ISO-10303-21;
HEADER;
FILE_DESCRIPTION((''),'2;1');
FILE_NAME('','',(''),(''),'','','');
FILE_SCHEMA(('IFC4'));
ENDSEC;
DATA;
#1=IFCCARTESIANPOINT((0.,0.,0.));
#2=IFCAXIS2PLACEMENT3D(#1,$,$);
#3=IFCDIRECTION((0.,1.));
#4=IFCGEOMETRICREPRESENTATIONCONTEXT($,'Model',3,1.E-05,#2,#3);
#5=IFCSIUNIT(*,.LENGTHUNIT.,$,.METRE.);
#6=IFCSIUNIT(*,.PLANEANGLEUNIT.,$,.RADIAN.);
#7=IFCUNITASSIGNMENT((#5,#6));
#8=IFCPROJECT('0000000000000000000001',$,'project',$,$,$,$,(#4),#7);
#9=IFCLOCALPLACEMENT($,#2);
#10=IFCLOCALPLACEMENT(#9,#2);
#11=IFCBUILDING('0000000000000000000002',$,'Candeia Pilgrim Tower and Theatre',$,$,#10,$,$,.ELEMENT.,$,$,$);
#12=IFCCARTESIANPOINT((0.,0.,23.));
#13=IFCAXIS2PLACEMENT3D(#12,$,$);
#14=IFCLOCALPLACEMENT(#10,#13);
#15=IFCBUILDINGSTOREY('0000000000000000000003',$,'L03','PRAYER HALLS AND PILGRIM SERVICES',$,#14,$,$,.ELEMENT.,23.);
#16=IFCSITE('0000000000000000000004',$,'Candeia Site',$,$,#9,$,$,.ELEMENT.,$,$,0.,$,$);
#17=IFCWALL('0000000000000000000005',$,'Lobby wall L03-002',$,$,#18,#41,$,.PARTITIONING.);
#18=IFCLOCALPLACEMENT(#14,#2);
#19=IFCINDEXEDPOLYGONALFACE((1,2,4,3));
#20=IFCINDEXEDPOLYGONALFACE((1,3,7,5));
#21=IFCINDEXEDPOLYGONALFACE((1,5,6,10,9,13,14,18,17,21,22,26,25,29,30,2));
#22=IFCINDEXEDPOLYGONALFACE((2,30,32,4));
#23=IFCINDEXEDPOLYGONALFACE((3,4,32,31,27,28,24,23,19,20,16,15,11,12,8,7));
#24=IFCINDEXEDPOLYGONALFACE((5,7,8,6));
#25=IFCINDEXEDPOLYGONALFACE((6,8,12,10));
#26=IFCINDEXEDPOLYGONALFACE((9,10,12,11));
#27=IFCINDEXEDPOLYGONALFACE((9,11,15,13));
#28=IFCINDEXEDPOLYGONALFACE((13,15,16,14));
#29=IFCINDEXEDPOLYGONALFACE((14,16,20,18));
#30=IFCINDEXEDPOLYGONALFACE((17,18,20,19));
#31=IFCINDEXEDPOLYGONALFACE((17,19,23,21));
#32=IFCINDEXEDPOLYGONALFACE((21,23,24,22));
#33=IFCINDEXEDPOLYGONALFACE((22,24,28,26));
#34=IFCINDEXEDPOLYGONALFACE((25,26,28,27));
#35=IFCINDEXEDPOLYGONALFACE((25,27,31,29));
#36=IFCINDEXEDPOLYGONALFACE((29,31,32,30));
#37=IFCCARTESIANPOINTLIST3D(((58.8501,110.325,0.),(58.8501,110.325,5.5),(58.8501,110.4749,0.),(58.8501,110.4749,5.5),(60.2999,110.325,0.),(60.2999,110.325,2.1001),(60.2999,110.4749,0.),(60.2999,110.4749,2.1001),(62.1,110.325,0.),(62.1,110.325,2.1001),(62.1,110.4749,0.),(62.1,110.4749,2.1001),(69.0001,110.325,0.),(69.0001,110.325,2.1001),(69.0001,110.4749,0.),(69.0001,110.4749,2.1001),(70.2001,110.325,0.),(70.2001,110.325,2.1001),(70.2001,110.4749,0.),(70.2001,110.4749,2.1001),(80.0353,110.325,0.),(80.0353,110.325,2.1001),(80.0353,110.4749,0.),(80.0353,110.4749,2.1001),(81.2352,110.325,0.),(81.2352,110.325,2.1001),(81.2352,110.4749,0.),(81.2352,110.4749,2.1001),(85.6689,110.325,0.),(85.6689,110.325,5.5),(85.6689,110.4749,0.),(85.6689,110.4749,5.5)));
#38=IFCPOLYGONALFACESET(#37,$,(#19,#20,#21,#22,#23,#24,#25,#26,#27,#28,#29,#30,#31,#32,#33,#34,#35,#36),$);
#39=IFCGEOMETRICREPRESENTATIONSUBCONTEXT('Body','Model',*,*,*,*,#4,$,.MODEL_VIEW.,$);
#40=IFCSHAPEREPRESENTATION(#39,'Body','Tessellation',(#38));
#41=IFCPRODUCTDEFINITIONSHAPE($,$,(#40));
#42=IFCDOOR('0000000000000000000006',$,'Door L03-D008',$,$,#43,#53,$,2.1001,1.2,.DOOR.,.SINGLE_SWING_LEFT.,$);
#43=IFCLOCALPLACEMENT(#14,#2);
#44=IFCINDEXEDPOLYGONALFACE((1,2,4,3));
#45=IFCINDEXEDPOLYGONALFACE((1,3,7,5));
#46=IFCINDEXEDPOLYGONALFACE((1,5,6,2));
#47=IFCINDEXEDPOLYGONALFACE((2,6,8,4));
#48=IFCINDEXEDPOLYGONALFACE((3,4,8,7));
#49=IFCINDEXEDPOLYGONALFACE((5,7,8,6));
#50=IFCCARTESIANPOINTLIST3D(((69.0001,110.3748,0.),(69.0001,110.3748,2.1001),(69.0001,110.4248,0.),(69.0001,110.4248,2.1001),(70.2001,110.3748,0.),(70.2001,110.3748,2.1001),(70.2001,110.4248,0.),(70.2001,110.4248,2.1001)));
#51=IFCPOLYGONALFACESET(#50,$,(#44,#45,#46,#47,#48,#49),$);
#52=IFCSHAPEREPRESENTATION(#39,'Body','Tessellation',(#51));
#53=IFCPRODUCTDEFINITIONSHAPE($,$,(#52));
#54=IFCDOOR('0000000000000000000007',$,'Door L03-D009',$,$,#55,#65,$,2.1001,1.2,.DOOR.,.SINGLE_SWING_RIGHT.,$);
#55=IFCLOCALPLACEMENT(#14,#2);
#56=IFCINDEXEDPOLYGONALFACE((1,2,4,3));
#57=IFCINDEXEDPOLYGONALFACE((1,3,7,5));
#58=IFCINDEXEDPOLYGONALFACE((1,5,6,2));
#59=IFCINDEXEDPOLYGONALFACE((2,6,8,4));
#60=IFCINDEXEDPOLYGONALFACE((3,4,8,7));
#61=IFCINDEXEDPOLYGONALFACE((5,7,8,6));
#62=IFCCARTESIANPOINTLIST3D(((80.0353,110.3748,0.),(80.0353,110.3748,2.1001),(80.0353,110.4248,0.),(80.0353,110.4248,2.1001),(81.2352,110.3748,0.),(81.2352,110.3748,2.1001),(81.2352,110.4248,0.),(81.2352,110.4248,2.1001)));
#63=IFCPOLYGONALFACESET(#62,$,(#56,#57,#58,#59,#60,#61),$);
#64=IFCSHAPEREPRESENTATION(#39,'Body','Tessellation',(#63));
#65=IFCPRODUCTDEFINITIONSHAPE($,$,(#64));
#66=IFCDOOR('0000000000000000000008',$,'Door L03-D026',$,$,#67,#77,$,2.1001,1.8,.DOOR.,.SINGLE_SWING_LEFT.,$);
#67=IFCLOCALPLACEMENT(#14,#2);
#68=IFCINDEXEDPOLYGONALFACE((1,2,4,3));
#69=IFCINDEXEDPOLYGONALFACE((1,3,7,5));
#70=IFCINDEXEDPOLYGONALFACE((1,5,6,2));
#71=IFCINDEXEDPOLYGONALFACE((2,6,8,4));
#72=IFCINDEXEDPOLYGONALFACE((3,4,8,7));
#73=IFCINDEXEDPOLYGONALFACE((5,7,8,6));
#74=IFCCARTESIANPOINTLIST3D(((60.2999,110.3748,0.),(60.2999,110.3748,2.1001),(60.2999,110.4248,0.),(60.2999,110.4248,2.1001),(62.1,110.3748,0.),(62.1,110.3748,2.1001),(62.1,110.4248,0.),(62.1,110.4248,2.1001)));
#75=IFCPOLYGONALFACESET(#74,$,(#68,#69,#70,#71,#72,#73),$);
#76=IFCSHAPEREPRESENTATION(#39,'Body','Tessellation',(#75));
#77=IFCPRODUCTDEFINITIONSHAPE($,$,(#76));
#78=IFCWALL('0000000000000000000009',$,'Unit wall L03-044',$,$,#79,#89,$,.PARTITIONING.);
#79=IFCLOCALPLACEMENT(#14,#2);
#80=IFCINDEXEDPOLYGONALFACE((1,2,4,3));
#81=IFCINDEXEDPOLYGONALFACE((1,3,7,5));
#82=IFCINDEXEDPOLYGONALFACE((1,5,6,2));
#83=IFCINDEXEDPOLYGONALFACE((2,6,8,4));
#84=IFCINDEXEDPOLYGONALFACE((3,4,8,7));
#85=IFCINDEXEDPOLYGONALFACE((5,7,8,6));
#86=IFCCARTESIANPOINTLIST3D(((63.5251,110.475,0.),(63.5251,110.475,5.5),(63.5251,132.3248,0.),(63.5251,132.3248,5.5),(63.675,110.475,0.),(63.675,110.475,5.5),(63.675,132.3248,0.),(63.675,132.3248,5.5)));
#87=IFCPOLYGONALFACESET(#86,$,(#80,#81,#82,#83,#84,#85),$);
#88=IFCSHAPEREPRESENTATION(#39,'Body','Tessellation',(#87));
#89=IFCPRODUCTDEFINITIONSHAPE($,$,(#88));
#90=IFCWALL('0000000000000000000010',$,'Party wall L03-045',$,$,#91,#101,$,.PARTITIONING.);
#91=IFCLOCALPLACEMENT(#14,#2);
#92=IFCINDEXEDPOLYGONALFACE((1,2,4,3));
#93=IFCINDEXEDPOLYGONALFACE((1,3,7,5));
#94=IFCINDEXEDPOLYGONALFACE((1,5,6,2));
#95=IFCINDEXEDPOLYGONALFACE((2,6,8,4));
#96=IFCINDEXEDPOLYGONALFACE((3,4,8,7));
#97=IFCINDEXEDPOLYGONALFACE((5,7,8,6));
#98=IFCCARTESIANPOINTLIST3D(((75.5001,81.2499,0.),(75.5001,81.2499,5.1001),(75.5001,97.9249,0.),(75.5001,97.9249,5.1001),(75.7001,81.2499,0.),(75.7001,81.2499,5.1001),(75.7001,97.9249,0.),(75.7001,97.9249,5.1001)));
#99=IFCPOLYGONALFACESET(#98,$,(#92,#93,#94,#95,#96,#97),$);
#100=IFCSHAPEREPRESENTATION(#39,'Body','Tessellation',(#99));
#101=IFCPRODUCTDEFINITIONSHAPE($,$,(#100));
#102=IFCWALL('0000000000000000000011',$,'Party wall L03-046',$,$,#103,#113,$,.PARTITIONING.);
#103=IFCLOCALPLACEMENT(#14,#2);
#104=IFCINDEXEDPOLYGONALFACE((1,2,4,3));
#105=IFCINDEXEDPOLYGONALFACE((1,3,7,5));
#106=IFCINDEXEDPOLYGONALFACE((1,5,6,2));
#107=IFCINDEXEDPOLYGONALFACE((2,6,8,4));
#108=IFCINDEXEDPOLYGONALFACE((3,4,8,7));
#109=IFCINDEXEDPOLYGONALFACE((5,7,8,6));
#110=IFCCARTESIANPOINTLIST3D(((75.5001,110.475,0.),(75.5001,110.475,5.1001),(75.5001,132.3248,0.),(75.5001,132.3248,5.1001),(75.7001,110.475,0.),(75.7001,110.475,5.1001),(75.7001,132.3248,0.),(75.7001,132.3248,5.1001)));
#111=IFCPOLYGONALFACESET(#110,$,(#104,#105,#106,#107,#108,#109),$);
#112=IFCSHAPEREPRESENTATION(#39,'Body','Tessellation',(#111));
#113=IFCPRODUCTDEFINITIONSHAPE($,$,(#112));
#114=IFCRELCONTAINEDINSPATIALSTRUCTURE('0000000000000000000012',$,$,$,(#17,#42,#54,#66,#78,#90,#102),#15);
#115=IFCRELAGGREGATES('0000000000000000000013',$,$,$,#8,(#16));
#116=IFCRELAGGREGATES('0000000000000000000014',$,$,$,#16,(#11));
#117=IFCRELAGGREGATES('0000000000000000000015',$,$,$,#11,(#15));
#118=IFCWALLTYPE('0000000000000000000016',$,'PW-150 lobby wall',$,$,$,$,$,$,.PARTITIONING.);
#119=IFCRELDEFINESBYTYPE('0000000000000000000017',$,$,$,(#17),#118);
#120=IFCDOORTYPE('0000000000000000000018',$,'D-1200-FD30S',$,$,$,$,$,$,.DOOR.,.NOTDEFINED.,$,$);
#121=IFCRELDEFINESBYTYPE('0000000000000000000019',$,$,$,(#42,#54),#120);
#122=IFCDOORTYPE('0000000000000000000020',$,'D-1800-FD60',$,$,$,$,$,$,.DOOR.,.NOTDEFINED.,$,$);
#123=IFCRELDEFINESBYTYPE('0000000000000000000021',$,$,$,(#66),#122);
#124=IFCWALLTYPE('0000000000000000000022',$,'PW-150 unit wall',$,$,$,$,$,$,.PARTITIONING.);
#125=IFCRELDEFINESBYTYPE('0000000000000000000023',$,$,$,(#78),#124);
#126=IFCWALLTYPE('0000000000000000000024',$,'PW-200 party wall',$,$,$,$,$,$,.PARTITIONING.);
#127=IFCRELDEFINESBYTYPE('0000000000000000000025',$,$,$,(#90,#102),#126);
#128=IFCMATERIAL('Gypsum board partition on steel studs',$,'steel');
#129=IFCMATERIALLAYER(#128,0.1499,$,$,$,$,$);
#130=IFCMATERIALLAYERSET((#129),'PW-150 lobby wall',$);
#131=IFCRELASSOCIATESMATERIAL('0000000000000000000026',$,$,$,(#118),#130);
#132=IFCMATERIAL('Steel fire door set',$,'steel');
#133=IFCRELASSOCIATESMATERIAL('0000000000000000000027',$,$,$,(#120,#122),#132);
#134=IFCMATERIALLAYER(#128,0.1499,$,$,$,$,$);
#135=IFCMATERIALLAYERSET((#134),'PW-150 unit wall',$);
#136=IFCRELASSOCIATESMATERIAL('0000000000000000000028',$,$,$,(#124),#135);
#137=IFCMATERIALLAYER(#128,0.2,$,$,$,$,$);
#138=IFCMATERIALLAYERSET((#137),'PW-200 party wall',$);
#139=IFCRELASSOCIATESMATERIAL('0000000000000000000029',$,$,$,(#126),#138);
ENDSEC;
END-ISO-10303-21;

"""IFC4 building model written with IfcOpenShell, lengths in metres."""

from ifc_helpers import new_model, si_unit, direction, frame, frame_2d, origin, place, context, subcontext, project, spatial, rectangle, extrude, material, layer, layer_set, type_object, element, fill, save


model = new_model("IFC4")

# Units and contexts
model_context = context("Model", 3, precision=1e-05, world=origin(), true_north=direction((0.0, 1.0)))
body_context = subcontext(model_context, "Body", "Model", "MODEL_VIEW")
ifc_project = project(units=[si_unit("LENGTHUNIT", "METRE"), si_unit("PLANEANGLEUNIT", "RADIAN")], contexts=[model_context])

# Site, building, storey
site_placement = place(None, origin())
site = spatial("IfcSite", under=ifc_project, at=site_placement, Name="Candeia Site", CompositionType="ELEMENT", RefElevation=0.0)
building_placement = place(site_placement, origin())
building = spatial("IfcBuilding", under=site, at=building_placement, Name="Candeia Pilgrim Tower and Theatre", CompositionType="ELEMENT")
storey_placement = place(building_placement, frame((0.0, 0.0, 23.0)))
storey = spatial("IfcBuildingStorey", under=building, at=storey_placement, Name="L03", Description="PRAYER HALLS AND PILGRIM SERVICES", CompositionType="ELEMENT", Elevation=23.0)

# Wall, openings, doors
ifc_material_1 = material(Name="Gypsum board partition on steel studs", Category="steel")
ifc_layer_1 = layer(ifc_material_1, 0.1499)
ifc_layer_set_1 = layer_set([ifc_layer_1], Name="PW-150 lobby wall")
wall_type_1 = type_object("IfcWallType", Name="PW-150 lobby wall", PredefinedType="PARTITIONING", material=ifc_layer_set_1)
ifc_material_2 = material(Name="Steel fire door set", Category="steel")
door_type_1 = type_object("IfcDoorType", Name="D-1200-FD30S", OperationType="NOTDEFINED", PredefinedType="DOOR", material=ifc_material_2)
wall_1_placement = place(storey_placement, frame((58.8501, 110.3999, 0.0), z_axis=(0.0, 0.0, 1.0), x_axis=(1.0, 0.0, 0.0)))
wall_1 = element("IfcWall", 1, at=wall_1_placement, inside=storey, type_object=wall_type_1, Name="Lobby wall L03-002", PredefinedType="PARTITIONING", context=body_context, shape_type="SweptSolid", body=[
    extrude(rectangle(XDim=26.8188, YDim=0.1499, at=frame_2d((13.4094, 0.0))), origin(), (0.0, 0.0, 1.0), 5.5),
])
opening_1_placement = place(wall_1_placement, frame((10.1499, 0.0, 0.0)))
opening_1 = element("IfcOpeningElement", 2, at=opening_1_placement, cuts=wall_1, PredefinedType="OPENING", context=body_context, shape_type="SweptSolid", body=[
    extrude(rectangle(XDim=1.2, YDim=2.1001, at=frame_2d((0.6001, 1.05))), frame((0.0, 0.085, 0.0), z_axis=(0.0, -1.0, 0.0), x_axis=(1.0, 0.0, 0.0)), (0.0, 0.0, 1.0), 0.1699),
])
opening_2_placement = place(wall_1_placement, frame((21.1851, 0.0, 0.0)))
opening_2 = element("IfcOpeningElement", 3, at=opening_2_placement, cuts=wall_1, PredefinedType="OPENING", context=body_context, shape_type="SweptSolid", body=[
    extrude(rectangle(XDim=1.2, YDim=2.1001, at=frame_2d((0.6001, 1.05))), frame((0.0, 0.085, 0.0), z_axis=(0.0, -1.0, 0.0), x_axis=(1.0, 0.0, 0.0)), (0.0, 0.0, 1.0), 0.1699),
])
opening_3_placement = place(wall_1_placement, frame((1.45, 0.0, 0.0)))
opening_3 = element("IfcOpeningElement", 4, at=opening_3_placement, cuts=wall_1, PredefinedType="OPENING", context=body_context, shape_type="SweptSolid", body=[
    extrude(rectangle(XDim=1.8, YDim=2.1001, at=frame_2d((0.8999, 1.05))), frame((0.0, 0.085, 0.0), z_axis=(0.0, -1.0, 0.0), x_axis=(1.0, 0.0, 0.0)), (0.0, 0.0, 1.0), 0.1699),
])
door_1_placement = place(opening_1_placement, origin())
door_1 = element("IfcDoor", 5, at=door_1_placement, inside=storey, type_object=door_type_1, Name="Door L03-D008", OperationType="SINGLE_SWING_LEFT", OverallHeight=2.1001, OverallWidth=1.2, PredefinedType="DOOR", context=body_context, shape_type="SweptSolid", body=[
    extrude(rectangle(XDim=1.2, YDim=2.1001, at=frame_2d((0.6001, 1.05))), frame((0.0, 0.0249, 0.0), z_axis=(0.0, -1.0, 0.0), x_axis=(1.0, 0.0, 0.0)), (0.0, 0.0, 1.0), 0.05),
])
fill(opening_1, door_1)
door_2_placement = place(opening_2_placement, origin())
door_2 = element("IfcDoor", 6, at=door_2_placement, inside=storey, type_object=door_type_1, Name="Door L03-D009", OperationType="SINGLE_SWING_RIGHT", OverallHeight=2.1001, OverallWidth=1.2, PredefinedType="DOOR", context=body_context, shape_type="SweptSolid", body=[
    extrude(rectangle(XDim=1.2, YDim=2.1001, at=frame_2d((0.6001, 1.05))), frame((0.0, 0.0249, 0.0), z_axis=(0.0, -1.0, 0.0), x_axis=(1.0, 0.0, 0.0)), (0.0, 0.0, 1.0), 0.05),
])
fill(opening_2, door_2)
door_type_2 = type_object("IfcDoorType", Name="D-1800-FD60", OperationType="NOTDEFINED", PredefinedType="DOOR", material=ifc_material_2)
door_3_placement = place(opening_3_placement, origin())
door_3 = element("IfcDoor", 7, at=door_3_placement, inside=storey, type_object=door_type_2, Name="Door L03-D026", OperationType="SINGLE_SWING_LEFT", OverallHeight=2.1001, OverallWidth=1.8, PredefinedType="DOOR", context=body_context, shape_type="SweptSolid", body=[
    extrude(rectangle(XDim=1.8, YDim=2.1001, at=frame_2d((0.8999, 1.05))), frame((0.0, 0.0249, 0.0), z_axis=(0.0, -1.0, 0.0), x_axis=(1.0, 0.0, 0.0)), (0.0, 0.0, 1.0), 0.05),
])
fill(opening_3, door_3)

# Walls
ifc_layer_2 = layer(ifc_material_1, 0.1499)
ifc_layer_set_2 = layer_set([ifc_layer_2], Name="PW-150 unit wall")
wall_type_2 = type_object("IfcWallType", Name="PW-150 unit wall", PredefinedType="PARTITIONING", material=ifc_layer_set_2)
wall_2_placement = place(storey_placement, frame((63.6001, 110.4751, 0.0), z_axis=(0.0, 0.0, 1.0), x_axis=(0.0, 1.0, 0.0)))
element("IfcWall", 8, at=wall_2_placement, inside=storey, type_object=wall_type_2, Name="Unit wall L03-044", PredefinedType="PARTITIONING", context=body_context, shape_type="SweptSolid", body=[
    extrude(rectangle(XDim=21.8499, YDim=0.1499, at=frame_2d((10.9248, 0.0))), origin(), (0.0, 0.0, 1.0), 5.5),
])
ifc_layer_3 = layer(ifc_material_1, 0.2)
ifc_layer_set_3 = layer_set([ifc_layer_3], Name="PW-200 party wall")
wall_type_3 = type_object("IfcWallType", Name="PW-200 party wall", PredefinedType="PARTITIONING", material=ifc_layer_set_3)
wall_3_placement = place(storey_placement, frame((75.6001, 81.25, 0.0), z_axis=(0.0, 0.0, 1.0), x_axis=(0.0, 1.0, 0.0)))
element("IfcWall", 9, at=wall_3_placement, inside=storey, type_object=wall_type_3, Name="Party wall L03-045", PredefinedType="PARTITIONING", context=body_context, shape_type="SweptSolid", body=[
    extrude(rectangle(XDim=16.675, YDim=0.2, at=frame_2d((8.3374, 0.0))), origin(), (0.0, 0.0, 1.0), 5.1001),
])
wall_4_placement = place(storey_placement, frame((75.6001, 110.4751, 0.0), z_axis=(0.0, 0.0, 1.0), x_axis=(0.0, 1.0, 0.0)))
element("IfcWall", 10, at=wall_4_placement, inside=storey, type_object=wall_type_3, Name="Party wall L03-046", PredefinedType="PARTITIONING", context=body_context, shape_type="SweptSolid", body=[
    extrude(rectangle(XDim=21.8499, YDim=0.2, at=frame_2d((10.9248, 0.0))), origin(), (0.0, 0.0, 1.0), 5.1001),
])

save(model, "model.ifc")
